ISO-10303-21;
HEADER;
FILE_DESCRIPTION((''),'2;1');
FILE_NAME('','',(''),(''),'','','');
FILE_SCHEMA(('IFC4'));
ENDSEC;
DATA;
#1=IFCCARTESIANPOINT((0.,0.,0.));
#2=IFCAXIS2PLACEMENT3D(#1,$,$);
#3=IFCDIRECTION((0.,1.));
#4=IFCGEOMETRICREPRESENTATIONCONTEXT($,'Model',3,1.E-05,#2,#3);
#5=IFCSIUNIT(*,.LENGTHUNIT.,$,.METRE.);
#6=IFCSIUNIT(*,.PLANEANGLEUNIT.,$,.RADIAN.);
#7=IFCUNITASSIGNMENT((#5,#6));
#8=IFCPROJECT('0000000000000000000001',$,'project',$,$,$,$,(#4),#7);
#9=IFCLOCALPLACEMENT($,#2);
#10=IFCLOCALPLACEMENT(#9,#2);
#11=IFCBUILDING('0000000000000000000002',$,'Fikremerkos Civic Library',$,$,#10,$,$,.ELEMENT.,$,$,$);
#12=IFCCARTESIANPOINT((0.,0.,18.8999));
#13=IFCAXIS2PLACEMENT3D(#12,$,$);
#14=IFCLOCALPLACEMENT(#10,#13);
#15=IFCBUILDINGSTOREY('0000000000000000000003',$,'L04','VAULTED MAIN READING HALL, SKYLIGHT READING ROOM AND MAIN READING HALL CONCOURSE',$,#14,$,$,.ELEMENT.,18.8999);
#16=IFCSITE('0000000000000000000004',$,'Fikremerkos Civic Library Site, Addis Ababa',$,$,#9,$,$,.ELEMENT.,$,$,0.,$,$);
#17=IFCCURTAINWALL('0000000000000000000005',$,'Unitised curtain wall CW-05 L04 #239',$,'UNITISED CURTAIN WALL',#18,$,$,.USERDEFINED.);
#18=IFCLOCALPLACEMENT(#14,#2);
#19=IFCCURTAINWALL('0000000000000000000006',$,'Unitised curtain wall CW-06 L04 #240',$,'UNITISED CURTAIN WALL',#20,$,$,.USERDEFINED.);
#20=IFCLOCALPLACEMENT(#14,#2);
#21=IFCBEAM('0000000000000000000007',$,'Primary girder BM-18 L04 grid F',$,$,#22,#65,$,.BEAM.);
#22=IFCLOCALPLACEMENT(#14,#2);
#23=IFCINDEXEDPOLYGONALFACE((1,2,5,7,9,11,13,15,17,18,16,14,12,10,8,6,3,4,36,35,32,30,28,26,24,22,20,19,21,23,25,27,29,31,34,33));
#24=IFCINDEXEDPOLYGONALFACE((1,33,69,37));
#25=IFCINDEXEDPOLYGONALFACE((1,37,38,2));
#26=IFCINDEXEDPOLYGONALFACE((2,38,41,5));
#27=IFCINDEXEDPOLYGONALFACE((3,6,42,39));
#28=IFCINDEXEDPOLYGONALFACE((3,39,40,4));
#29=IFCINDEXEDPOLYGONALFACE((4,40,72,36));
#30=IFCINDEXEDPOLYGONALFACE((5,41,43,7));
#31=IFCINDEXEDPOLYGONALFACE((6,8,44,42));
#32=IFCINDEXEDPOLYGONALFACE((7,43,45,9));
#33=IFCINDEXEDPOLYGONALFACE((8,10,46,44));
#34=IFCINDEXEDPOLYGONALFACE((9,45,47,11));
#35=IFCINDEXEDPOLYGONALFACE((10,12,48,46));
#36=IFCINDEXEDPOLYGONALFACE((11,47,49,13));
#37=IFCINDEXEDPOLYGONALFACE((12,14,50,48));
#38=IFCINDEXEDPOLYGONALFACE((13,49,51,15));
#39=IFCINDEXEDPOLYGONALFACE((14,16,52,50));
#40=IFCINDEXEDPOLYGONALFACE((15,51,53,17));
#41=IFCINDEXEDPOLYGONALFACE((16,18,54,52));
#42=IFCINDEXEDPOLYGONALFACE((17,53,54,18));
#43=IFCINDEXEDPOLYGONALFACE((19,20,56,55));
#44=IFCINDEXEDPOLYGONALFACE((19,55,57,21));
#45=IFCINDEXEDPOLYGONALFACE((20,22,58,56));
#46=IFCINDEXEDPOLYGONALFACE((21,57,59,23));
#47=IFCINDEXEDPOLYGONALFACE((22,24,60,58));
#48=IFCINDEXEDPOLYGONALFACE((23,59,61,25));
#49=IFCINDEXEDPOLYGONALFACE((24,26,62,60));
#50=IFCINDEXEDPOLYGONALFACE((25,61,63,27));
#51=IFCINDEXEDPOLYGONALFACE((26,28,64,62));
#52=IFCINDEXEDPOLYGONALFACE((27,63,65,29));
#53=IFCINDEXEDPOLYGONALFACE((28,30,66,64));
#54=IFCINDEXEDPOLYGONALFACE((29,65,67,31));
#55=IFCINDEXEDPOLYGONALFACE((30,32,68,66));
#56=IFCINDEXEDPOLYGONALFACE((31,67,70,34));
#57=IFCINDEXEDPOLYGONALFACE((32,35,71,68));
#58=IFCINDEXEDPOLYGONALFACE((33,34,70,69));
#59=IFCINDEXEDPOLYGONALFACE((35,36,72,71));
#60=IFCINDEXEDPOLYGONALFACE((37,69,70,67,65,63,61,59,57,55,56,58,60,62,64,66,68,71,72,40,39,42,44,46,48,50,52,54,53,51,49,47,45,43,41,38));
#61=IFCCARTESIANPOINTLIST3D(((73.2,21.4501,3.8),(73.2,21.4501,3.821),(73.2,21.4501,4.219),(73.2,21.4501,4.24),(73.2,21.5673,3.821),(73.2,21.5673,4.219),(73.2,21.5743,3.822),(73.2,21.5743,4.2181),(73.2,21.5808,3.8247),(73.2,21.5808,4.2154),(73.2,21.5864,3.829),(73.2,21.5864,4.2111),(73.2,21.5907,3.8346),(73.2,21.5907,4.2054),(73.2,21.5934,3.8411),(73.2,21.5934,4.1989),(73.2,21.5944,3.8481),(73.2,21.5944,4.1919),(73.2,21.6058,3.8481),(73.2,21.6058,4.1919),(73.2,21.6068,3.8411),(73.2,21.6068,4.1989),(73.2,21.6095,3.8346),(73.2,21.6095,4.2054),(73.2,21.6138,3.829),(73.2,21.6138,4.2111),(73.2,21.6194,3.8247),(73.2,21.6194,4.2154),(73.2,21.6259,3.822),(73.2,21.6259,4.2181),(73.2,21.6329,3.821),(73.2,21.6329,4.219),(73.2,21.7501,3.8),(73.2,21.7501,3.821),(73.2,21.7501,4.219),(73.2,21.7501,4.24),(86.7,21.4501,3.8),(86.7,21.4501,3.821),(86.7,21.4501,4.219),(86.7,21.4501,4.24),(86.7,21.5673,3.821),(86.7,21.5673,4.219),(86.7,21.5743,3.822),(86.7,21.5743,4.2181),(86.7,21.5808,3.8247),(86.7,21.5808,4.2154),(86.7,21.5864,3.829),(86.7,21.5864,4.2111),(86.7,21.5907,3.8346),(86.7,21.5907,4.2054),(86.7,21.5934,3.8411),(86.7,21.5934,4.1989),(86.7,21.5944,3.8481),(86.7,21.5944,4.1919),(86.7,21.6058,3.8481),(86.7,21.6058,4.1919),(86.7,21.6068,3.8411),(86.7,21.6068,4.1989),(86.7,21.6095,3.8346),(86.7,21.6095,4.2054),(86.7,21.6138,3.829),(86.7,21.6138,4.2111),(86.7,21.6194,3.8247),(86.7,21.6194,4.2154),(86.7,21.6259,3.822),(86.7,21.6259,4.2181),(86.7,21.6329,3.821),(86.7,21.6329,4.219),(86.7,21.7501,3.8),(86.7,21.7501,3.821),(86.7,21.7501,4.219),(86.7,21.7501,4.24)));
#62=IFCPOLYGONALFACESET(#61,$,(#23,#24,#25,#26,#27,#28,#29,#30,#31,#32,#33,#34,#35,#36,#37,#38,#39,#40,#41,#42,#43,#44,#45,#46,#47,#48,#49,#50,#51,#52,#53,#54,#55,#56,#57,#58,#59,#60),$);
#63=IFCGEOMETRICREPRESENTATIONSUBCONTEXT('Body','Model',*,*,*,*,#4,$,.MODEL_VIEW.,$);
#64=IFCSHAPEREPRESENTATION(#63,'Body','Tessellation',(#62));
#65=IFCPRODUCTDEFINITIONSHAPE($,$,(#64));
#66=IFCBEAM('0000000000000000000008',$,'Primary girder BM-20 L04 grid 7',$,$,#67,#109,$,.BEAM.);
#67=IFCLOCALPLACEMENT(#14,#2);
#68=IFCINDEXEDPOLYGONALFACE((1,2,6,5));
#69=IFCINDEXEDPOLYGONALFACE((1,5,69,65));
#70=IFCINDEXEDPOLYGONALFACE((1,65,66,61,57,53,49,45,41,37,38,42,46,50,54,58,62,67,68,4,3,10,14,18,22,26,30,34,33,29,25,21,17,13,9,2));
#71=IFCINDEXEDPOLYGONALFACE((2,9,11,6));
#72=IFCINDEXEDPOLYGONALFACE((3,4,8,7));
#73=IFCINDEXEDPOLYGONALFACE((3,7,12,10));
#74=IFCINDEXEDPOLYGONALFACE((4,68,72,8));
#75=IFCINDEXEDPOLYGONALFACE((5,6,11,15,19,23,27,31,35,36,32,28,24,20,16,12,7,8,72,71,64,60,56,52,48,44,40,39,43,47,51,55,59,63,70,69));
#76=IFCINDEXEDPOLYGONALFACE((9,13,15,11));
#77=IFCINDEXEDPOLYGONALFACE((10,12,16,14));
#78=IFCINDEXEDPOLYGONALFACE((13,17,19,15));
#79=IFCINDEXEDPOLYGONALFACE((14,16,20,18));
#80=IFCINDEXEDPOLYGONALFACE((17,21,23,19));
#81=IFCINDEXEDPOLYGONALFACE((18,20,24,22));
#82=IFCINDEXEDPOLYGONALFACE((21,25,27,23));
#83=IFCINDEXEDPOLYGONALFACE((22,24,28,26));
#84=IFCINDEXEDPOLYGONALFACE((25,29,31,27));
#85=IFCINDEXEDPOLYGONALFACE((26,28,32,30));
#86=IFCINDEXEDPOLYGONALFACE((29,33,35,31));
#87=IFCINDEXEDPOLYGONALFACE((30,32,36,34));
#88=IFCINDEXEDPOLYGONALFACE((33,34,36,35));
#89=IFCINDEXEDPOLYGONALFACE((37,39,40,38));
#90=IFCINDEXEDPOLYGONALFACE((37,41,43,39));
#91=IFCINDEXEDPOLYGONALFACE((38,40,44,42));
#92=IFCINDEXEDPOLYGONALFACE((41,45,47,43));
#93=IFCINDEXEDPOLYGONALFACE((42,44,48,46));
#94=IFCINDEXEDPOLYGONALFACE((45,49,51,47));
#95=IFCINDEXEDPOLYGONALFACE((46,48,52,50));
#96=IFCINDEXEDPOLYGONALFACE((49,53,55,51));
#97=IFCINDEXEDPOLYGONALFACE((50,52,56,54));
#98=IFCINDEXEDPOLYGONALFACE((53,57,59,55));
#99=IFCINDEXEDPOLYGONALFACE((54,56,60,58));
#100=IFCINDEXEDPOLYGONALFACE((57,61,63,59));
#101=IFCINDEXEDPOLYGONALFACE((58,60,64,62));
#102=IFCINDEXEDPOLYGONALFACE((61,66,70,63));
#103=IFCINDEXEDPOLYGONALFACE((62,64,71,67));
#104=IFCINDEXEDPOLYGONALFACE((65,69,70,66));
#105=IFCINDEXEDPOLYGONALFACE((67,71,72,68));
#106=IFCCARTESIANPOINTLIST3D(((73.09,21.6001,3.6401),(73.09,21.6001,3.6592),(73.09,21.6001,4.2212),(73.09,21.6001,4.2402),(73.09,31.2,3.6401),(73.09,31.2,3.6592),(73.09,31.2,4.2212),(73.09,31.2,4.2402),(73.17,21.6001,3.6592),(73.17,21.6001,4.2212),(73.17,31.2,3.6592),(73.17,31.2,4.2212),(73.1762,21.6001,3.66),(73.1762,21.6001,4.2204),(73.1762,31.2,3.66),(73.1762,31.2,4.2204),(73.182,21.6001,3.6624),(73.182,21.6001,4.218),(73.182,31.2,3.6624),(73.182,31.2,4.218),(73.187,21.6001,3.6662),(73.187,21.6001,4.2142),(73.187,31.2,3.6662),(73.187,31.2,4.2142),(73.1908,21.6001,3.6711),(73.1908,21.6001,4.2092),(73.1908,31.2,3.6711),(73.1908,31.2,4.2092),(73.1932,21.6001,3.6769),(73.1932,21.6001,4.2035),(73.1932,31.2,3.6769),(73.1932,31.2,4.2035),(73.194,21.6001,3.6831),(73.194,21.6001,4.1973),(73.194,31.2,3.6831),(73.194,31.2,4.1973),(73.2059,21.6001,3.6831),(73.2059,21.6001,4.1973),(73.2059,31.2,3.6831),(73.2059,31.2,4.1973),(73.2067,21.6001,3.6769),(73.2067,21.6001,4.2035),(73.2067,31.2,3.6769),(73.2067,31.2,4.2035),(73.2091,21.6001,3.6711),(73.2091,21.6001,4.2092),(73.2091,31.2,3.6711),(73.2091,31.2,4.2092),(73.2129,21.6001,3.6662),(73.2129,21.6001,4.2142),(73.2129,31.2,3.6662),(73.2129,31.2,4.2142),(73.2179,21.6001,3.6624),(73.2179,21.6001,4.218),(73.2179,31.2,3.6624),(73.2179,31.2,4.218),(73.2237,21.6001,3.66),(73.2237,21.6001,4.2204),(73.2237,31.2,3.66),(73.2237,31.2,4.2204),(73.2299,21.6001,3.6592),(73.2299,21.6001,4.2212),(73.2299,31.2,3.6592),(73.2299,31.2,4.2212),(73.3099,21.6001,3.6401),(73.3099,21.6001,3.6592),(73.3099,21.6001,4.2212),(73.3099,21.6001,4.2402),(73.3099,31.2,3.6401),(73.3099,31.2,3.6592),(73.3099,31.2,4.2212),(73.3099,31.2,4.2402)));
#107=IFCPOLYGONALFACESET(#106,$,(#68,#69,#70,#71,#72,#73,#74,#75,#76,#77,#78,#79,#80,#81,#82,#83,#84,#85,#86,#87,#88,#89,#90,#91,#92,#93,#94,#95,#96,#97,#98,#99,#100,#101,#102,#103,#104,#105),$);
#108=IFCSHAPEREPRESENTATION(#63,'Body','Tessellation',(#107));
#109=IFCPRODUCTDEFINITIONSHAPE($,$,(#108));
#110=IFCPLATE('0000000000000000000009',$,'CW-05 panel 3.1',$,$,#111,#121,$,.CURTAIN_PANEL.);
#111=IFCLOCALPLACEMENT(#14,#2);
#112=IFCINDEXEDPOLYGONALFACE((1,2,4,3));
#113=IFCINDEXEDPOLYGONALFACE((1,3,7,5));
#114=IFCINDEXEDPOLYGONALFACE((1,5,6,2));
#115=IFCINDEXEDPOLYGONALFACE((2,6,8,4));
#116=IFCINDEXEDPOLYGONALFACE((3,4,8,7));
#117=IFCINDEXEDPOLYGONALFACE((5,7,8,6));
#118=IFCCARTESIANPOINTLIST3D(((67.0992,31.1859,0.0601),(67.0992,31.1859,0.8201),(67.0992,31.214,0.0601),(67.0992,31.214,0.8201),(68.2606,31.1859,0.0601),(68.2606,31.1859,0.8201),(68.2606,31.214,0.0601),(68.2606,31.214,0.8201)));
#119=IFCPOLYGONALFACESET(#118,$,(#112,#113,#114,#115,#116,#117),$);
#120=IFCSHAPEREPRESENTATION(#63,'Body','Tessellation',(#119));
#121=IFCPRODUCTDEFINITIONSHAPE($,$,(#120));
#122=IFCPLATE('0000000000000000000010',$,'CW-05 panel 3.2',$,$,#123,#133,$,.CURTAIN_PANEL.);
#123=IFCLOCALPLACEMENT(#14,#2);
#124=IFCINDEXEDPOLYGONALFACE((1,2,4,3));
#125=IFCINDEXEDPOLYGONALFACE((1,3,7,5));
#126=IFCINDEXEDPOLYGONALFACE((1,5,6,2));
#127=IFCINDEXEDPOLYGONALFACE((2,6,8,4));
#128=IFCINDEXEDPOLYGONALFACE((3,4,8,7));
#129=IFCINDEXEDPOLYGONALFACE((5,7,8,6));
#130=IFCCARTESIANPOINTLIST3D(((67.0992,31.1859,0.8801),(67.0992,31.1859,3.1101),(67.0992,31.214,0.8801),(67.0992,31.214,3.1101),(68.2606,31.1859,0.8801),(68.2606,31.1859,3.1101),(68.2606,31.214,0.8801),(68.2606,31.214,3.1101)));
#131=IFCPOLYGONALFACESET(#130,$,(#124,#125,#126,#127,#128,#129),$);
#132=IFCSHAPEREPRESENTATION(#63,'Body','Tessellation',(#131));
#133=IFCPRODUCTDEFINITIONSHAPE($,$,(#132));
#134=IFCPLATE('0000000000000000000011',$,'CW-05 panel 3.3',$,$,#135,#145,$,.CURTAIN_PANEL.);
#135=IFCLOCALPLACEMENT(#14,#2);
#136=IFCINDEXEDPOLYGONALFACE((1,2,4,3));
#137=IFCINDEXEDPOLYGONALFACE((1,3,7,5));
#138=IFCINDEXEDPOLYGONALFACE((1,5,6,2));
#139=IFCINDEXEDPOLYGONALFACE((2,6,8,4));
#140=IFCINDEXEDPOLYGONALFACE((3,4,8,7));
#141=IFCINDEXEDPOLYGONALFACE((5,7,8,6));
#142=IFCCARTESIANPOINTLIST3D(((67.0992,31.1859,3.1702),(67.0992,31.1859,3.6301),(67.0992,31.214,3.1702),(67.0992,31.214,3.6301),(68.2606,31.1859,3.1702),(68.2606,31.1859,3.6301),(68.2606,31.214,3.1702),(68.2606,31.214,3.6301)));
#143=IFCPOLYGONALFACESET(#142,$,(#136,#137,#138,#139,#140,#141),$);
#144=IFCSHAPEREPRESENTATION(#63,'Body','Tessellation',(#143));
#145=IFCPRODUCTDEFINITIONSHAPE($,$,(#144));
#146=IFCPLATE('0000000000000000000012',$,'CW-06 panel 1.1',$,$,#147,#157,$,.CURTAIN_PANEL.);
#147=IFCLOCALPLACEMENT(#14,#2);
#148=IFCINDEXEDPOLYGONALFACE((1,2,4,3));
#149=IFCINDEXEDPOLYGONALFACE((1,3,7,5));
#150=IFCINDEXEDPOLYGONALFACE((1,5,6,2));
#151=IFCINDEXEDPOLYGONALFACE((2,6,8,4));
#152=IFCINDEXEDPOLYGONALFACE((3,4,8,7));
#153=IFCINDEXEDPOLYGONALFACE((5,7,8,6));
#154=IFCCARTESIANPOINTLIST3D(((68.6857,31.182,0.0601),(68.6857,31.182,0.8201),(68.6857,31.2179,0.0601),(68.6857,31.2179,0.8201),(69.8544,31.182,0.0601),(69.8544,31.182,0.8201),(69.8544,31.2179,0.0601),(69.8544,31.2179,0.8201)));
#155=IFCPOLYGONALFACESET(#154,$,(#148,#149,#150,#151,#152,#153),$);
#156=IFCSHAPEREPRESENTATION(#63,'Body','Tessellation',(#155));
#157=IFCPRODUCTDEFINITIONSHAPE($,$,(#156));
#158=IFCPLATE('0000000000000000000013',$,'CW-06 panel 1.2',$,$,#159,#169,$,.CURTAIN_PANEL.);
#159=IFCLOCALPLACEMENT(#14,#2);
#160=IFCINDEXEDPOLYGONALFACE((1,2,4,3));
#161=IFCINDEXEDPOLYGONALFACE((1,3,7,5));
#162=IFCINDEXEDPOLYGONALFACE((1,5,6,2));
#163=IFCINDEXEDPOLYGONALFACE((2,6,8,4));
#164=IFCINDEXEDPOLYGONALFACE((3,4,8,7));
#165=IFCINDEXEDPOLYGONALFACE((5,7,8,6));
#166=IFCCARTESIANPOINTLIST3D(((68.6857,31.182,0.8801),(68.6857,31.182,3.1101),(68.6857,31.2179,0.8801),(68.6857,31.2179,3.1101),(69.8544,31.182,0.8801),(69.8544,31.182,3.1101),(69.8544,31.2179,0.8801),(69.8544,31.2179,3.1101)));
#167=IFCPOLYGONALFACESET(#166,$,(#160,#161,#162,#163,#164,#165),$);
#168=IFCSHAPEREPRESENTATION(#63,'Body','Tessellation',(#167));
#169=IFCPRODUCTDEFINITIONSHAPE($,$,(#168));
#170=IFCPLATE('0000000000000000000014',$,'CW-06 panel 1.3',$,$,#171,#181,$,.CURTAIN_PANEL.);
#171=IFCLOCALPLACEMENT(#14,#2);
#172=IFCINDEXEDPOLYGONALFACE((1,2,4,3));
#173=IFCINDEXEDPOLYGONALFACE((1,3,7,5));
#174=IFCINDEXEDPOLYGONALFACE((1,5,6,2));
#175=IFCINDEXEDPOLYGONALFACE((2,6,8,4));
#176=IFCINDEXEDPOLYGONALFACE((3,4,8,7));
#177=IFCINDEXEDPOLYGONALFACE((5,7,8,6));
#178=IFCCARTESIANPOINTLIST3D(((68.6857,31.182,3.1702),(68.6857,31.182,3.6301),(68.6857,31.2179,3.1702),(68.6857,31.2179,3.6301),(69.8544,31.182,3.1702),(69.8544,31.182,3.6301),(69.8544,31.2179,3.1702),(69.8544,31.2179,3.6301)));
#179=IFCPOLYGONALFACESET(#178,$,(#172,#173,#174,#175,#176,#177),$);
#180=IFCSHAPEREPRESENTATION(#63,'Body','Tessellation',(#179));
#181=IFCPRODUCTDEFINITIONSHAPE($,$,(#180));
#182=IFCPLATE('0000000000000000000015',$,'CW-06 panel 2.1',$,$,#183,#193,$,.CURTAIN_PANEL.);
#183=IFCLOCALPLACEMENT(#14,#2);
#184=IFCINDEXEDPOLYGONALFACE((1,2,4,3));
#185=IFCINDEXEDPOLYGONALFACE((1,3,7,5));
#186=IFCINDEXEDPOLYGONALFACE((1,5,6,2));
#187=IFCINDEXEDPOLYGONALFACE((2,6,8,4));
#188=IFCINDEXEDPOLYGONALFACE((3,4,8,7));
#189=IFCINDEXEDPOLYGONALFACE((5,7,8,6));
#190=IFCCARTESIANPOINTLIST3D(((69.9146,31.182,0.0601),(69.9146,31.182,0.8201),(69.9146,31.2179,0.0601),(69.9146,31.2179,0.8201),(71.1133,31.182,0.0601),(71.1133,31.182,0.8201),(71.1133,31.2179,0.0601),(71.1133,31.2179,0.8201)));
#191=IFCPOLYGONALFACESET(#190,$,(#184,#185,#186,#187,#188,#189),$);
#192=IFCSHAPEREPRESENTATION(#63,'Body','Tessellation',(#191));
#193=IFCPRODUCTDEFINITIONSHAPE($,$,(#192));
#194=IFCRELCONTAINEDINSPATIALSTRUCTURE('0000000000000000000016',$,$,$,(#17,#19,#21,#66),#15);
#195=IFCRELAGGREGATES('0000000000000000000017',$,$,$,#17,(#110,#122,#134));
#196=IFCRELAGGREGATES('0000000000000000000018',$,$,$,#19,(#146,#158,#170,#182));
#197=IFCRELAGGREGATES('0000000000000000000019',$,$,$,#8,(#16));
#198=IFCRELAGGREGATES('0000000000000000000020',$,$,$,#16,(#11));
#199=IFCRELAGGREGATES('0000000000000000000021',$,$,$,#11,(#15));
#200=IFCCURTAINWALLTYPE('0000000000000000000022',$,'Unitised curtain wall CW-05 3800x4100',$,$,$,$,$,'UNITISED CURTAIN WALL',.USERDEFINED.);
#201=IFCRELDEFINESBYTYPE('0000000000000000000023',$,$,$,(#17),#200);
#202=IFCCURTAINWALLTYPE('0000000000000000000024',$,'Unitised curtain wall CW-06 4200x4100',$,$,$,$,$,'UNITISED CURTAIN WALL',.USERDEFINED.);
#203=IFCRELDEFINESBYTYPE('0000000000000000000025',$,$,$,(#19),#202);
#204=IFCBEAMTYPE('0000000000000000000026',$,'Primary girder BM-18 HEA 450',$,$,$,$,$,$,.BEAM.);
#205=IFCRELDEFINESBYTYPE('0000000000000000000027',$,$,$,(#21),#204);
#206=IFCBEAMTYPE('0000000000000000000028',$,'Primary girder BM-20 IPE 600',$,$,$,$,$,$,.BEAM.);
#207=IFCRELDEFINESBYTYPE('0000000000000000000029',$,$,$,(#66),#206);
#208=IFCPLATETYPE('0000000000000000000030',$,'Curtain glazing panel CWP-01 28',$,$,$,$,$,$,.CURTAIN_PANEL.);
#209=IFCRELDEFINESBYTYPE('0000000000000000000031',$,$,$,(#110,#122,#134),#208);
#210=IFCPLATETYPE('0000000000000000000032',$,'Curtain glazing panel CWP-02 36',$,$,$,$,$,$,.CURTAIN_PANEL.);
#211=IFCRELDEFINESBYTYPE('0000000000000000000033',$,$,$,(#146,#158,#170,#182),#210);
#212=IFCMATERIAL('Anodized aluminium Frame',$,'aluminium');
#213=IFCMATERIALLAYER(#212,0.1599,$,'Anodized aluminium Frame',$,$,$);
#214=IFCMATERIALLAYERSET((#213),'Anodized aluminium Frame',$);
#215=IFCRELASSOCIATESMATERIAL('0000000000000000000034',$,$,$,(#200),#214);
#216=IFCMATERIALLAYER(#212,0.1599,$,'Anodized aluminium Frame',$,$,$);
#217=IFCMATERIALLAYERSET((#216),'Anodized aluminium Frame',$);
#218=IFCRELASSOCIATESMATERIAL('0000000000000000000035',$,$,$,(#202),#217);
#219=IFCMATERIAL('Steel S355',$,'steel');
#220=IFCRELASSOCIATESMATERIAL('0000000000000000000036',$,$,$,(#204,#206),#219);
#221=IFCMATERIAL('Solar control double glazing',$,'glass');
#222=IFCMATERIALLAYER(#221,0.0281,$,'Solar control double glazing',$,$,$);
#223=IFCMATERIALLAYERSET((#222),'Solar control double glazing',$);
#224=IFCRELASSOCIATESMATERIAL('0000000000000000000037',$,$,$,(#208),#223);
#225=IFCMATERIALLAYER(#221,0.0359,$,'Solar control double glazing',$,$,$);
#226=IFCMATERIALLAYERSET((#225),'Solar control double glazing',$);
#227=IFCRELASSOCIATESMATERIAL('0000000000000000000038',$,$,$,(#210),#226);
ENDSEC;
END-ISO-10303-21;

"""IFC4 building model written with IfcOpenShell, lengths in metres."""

from ifc_helpers import new_model, si_unit, direction, frame, origin, origin_2d, place, context, subcontext, project, spatial, rectangle, i_section, extrude, material, layer, layer_set, material_profile, profile_set, type_object, element, aggregate, save


model = new_model("IFC4")

# Units and contexts
model_context = context("Model", 3, precision=1e-05, world=origin(), true_north=direction((0.0, 1.0)))
body_context = subcontext(model_context, "Body", "Model", "MODEL_VIEW")
ifc_project = project(units=[si_unit("LENGTHUNIT", "METRE"), si_unit("PLANEANGLEUNIT", "RADIAN")], contexts=[model_context])

# Site, building, storey
site_placement = place(None, origin())
site = spatial("IfcSite", under=ifc_project, at=site_placement, Name="Fikremerkos Civic Library Site, Addis Ababa", CompositionType="ELEMENT", RefElevation=0.0)
building_placement = place(site_placement, origin())
building = spatial("IfcBuilding", under=site, at=building_placement, Name="Fikremerkos Civic Library", CompositionType="ELEMENT")
storey_placement = place(building_placement, frame((0.0, 0.0, 18.8999)))
storey = spatial("IfcBuildingStorey", under=building, at=storey_placement, Name="L04", Description="VAULTED MAIN READING HALL, SKYLIGHT READING ROOM AND MAIN READING HALL CONCOURSE", CompositionType="ELEMENT", Elevation=18.8999)

# Shared definitions
ifc_material_1 = material(Name="Steel S355", Category="steel")

# Curtain wall
ifc_material_2 = material(Name="Anodized aluminium Frame", Category="aluminium")
ifc_layer_1 = layer(ifc_material_2, 0.1599, Name="Anodized aluminium Frame")
ifc_layer_set_1 = layer_set([ifc_layer_1], Name="Anodized aluminium Frame")
curtain_wall_type_1 = type_object("IfcCurtainWallType", Name="Unitised curtain wall CW-05 3800x4100", ElementType="UNITISED CURTAIN WALL", PredefinedType="USERDEFINED", material=ifc_layer_set_1)
curtain_wall_1_placement = place(storey_placement, origin())
curtain_wall_1 = element("IfcCurtainWall", 1, at=curtain_wall_1_placement, inside=storey, type_object=curtain_wall_type_1, Name="Unitised curtain wall CW-05 L04 #239", ObjectType="UNITISED CURTAIN WALL", PredefinedType="USERDEFINED")

# Curtain wall
ifc_layer_2 = layer(ifc_material_2, 0.1599, Name="Anodized aluminium Frame")
ifc_layer_set_2 = layer_set([ifc_layer_2], Name="Anodized aluminium Frame")
curtain_wall_type_2 = type_object("IfcCurtainWallType", Name="Unitised curtain wall CW-06 4200x4100", ElementType="UNITISED CURTAIN WALL", PredefinedType="USERDEFINED", material=ifc_layer_set_2)
curtain_wall_2_placement = place(storey_placement, origin())
curtain_wall_2 = element("IfcCurtainWall", 2, at=curtain_wall_2_placement, inside=storey, type_object=curtain_wall_type_2, Name="Unitised curtain wall CW-06 L04 #240", ObjectType="UNITISED CURTAIN WALL", PredefinedType="USERDEFINED")

# Beams
ifc_material_profile_1 = material_profile(ifc_material_1, i_section(OverallWidth=0.3, OverallDepth=0.4399, WebThickness=0.0115, FlangeThickness=0.021, FilletRadius=0.0271, at=origin_2d()), Name="HEA 450")
ifc_profile_set_1 = profile_set([ifc_material_profile_1], Name="Steel S355")
beam_type_1 = type_object("IfcBeamType", Name="Primary girder BM-18 HEA 450", PredefinedType="BEAM", material=ifc_profile_set_1)
beam_1_placement = place(storey_placement, frame((73.2, 21.6001, 4.02), z_axis=(1.0, 0.0, 0.0), x_axis=(0.0, 1.0, 0.0)))
element("IfcBeam", 3, at=beam_1_placement, inside=storey, type_object=beam_type_1, Name="Primary girder BM-18 L04 grid F", PredefinedType="BEAM", context=body_context, shape_type="SweptSolid", body=[
    extrude(i_section(OverallWidth=0.3, OverallDepth=0.4399, WebThickness=0.0115, FlangeThickness=0.021, FilletRadius=0.0271, at=origin_2d()), origin(), (0.0, 0.0, 1.0), 13.5),
])
ifc_material_profile_2 = material_profile(ifc_material_1, i_section(OverallWidth=0.22, OverallDepth=0.6001, WebThickness=0.012, FlangeThickness=0.019, FilletRadius=0.0239, at=origin_2d()), Name="IPE 600")
ifc_profile_set_2 = profile_set([ifc_material_profile_2], Name="Steel S355")
beam_type_2 = type_object("IfcBeamType", Name="Primary girder BM-20 IPE 600", PredefinedType="BEAM", material=ifc_profile_set_2)
beam_2_placement = place(storey_placement, frame((73.2, 21.6001, 3.9402), z_axis=(0.0, 1.0, 0.0), x_axis=(-1.0, 0.0, 0.0)))
element("IfcBeam", 4, at=beam_2_placement, inside=storey, type_object=beam_type_2, Name="Primary girder BM-20 L04 grid 7", PredefinedType="BEAM", context=body_context, shape_type="SweptSolid", body=[
    extrude(i_section(OverallWidth=0.22, OverallDepth=0.6001, WebThickness=0.012, FlangeThickness=0.019, FilletRadius=0.0239, at=origin_2d()), origin(), (0.0, 0.0, 1.0), 9.5999),
])

# Plates
ifc_material_3 = material(Name="Solar control double glazing", Category="glass")
ifc_layer_3 = layer(ifc_material_3, 0.0281, Name="Solar control double glazing")
ifc_layer_set_3 = layer_set([ifc_layer_3], Name="Solar control double glazing")
plate_type_1 = type_object("IfcPlateType", Name="Curtain glazing panel CWP-01 28", PredefinedType="CURTAIN_PANEL", material=ifc_layer_set_3)
plate_1_placement = place(storey_placement, frame((67.6799, 31.2, 0.0601), z_axis=(0.0, 0.0, 1.0), x_axis=(1.0, 0.0, 0.0)))
plate_1 = element("IfcPlate", 5, at=plate_1_placement, type_object=plate_type_1, Name="CW-05 panel 3.1", PredefinedType="CURTAIN_PANEL", context=body_context, shape_type="SweptSolid", body=[
    extrude(rectangle(XDim=1.1614, YDim=0.0281, at=origin_2d()), origin(), (0.0, 0.0, 1.0), 0.76),
])
plate_2_placement = place(storey_placement, frame((67.6799, 31.2, 0.8801), z_axis=(0.0, 0.0, 1.0), x_axis=(1.0, 0.0, 0.0)))
plate_2 = element("IfcPlate", 6, at=plate_2_placement, type_object=plate_type_1, Name="CW-05 panel 3.2", PredefinedType="CURTAIN_PANEL", context=body_context, shape_type="SweptSolid", body=[
    extrude(rectangle(XDim=1.1614, YDim=0.0281, at=origin_2d()), origin(), (0.0, 0.0, 1.0), 2.23),
])
plate_3_placement = place(storey_placement, frame((67.6799, 31.2, 3.1702), z_axis=(0.0, 0.0, 1.0), x_axis=(1.0, 0.0, 0.0)))
plate_3 = element("IfcPlate", 7, at=plate_3_placement, type_object=plate_type_1, Name="CW-05 panel 3.3", PredefinedType="CURTAIN_PANEL", context=body_context, shape_type="SweptSolid", body=[
    extrude(rectangle(XDim=1.1614, YDim=0.0281, at=origin_2d()), origin(), (0.0, 0.0, 1.0), 0.46),
])
aggregate(curtain_wall_1, [plate_1, plate_2, plate_3])
ifc_layer_4 = layer(ifc_material_3, 0.0359, Name="Solar control double glazing")
ifc_layer_set_4 = layer_set([ifc_layer_4], Name="Solar control double glazing")
plate_type_2 = type_object("IfcPlateType", Name="Curtain glazing panel CWP-02 36", PredefinedType="CURTAIN_PANEL", material=ifc_layer_set_4)
plate_4_placement = place(storey_placement, frame((69.27, 31.2, 0.0601), z_axis=(0.0, 0.0, 1.0), x_axis=(1.0, 0.0, 0.0)))
plate_4 = element("IfcPlate", 8, at=plate_4_placement, type_object=plate_type_2, Name="CW-06 panel 1.1", PredefinedType="CURTAIN_PANEL", context=body_context, shape_type="SweptSolid", body=[
    extrude(rectangle(XDim=1.1687, YDim=0.0359, at=origin_2d()), origin(), (0.0, 0.0, 1.0), 0.76),
])
plate_5_placement = place(storey_placement, frame((69.27, 31.2, 0.8801), z_axis=(0.0, 0.0, 1.0), x_axis=(1.0, 0.0, 0.0)))
plate_5 = element("IfcPlate", 9, at=plate_5_placement, type_object=plate_type_2, Name="CW-06 panel 1.2", PredefinedType="CURTAIN_PANEL", context=body_context, shape_type="SweptSolid", body=[
    extrude(rectangle(XDim=1.1687, YDim=0.0359, at=origin_2d()), origin(), (0.0, 0.0, 1.0), 2.23),
])
plate_6_placement = place(storey_placement, frame((69.27, 31.2, 3.1702), z_axis=(0.0, 0.0, 1.0), x_axis=(1.0, 0.0, 0.0)))
plate_6 = element("IfcPlate", 10, at=plate_6_placement, type_object=plate_type_2, Name="CW-06 panel 1.3", PredefinedType="CURTAIN_PANEL", context=body_context, shape_type="SweptSolid", body=[
    extrude(rectangle(XDim=1.1687, YDim=0.0359, at=origin_2d()), origin(), (0.0, 0.0, 1.0), 0.46),
])
plate_7_placement = place(storey_placement, frame((70.5139, 31.2, 0.0601), z_axis=(0.0, 0.0, 1.0), x_axis=(1.0, 0.0, 0.0)))
plate_7 = element("IfcPlate", 11, at=plate_7_placement, type_object=plate_type_2, Name="CW-06 panel 2.1", PredefinedType="CURTAIN_PANEL", context=body_context, shape_type="SweptSolid", body=[
    extrude(rectangle(XDim=1.1987, YDim=0.0359, at=origin_2d()), origin(), (0.0, 0.0, 1.0), 0.76),
])
aggregate(curtain_wall_2, [plate_4, plate_5, plate_6, plate_7])

save(model, "model.ifc")
